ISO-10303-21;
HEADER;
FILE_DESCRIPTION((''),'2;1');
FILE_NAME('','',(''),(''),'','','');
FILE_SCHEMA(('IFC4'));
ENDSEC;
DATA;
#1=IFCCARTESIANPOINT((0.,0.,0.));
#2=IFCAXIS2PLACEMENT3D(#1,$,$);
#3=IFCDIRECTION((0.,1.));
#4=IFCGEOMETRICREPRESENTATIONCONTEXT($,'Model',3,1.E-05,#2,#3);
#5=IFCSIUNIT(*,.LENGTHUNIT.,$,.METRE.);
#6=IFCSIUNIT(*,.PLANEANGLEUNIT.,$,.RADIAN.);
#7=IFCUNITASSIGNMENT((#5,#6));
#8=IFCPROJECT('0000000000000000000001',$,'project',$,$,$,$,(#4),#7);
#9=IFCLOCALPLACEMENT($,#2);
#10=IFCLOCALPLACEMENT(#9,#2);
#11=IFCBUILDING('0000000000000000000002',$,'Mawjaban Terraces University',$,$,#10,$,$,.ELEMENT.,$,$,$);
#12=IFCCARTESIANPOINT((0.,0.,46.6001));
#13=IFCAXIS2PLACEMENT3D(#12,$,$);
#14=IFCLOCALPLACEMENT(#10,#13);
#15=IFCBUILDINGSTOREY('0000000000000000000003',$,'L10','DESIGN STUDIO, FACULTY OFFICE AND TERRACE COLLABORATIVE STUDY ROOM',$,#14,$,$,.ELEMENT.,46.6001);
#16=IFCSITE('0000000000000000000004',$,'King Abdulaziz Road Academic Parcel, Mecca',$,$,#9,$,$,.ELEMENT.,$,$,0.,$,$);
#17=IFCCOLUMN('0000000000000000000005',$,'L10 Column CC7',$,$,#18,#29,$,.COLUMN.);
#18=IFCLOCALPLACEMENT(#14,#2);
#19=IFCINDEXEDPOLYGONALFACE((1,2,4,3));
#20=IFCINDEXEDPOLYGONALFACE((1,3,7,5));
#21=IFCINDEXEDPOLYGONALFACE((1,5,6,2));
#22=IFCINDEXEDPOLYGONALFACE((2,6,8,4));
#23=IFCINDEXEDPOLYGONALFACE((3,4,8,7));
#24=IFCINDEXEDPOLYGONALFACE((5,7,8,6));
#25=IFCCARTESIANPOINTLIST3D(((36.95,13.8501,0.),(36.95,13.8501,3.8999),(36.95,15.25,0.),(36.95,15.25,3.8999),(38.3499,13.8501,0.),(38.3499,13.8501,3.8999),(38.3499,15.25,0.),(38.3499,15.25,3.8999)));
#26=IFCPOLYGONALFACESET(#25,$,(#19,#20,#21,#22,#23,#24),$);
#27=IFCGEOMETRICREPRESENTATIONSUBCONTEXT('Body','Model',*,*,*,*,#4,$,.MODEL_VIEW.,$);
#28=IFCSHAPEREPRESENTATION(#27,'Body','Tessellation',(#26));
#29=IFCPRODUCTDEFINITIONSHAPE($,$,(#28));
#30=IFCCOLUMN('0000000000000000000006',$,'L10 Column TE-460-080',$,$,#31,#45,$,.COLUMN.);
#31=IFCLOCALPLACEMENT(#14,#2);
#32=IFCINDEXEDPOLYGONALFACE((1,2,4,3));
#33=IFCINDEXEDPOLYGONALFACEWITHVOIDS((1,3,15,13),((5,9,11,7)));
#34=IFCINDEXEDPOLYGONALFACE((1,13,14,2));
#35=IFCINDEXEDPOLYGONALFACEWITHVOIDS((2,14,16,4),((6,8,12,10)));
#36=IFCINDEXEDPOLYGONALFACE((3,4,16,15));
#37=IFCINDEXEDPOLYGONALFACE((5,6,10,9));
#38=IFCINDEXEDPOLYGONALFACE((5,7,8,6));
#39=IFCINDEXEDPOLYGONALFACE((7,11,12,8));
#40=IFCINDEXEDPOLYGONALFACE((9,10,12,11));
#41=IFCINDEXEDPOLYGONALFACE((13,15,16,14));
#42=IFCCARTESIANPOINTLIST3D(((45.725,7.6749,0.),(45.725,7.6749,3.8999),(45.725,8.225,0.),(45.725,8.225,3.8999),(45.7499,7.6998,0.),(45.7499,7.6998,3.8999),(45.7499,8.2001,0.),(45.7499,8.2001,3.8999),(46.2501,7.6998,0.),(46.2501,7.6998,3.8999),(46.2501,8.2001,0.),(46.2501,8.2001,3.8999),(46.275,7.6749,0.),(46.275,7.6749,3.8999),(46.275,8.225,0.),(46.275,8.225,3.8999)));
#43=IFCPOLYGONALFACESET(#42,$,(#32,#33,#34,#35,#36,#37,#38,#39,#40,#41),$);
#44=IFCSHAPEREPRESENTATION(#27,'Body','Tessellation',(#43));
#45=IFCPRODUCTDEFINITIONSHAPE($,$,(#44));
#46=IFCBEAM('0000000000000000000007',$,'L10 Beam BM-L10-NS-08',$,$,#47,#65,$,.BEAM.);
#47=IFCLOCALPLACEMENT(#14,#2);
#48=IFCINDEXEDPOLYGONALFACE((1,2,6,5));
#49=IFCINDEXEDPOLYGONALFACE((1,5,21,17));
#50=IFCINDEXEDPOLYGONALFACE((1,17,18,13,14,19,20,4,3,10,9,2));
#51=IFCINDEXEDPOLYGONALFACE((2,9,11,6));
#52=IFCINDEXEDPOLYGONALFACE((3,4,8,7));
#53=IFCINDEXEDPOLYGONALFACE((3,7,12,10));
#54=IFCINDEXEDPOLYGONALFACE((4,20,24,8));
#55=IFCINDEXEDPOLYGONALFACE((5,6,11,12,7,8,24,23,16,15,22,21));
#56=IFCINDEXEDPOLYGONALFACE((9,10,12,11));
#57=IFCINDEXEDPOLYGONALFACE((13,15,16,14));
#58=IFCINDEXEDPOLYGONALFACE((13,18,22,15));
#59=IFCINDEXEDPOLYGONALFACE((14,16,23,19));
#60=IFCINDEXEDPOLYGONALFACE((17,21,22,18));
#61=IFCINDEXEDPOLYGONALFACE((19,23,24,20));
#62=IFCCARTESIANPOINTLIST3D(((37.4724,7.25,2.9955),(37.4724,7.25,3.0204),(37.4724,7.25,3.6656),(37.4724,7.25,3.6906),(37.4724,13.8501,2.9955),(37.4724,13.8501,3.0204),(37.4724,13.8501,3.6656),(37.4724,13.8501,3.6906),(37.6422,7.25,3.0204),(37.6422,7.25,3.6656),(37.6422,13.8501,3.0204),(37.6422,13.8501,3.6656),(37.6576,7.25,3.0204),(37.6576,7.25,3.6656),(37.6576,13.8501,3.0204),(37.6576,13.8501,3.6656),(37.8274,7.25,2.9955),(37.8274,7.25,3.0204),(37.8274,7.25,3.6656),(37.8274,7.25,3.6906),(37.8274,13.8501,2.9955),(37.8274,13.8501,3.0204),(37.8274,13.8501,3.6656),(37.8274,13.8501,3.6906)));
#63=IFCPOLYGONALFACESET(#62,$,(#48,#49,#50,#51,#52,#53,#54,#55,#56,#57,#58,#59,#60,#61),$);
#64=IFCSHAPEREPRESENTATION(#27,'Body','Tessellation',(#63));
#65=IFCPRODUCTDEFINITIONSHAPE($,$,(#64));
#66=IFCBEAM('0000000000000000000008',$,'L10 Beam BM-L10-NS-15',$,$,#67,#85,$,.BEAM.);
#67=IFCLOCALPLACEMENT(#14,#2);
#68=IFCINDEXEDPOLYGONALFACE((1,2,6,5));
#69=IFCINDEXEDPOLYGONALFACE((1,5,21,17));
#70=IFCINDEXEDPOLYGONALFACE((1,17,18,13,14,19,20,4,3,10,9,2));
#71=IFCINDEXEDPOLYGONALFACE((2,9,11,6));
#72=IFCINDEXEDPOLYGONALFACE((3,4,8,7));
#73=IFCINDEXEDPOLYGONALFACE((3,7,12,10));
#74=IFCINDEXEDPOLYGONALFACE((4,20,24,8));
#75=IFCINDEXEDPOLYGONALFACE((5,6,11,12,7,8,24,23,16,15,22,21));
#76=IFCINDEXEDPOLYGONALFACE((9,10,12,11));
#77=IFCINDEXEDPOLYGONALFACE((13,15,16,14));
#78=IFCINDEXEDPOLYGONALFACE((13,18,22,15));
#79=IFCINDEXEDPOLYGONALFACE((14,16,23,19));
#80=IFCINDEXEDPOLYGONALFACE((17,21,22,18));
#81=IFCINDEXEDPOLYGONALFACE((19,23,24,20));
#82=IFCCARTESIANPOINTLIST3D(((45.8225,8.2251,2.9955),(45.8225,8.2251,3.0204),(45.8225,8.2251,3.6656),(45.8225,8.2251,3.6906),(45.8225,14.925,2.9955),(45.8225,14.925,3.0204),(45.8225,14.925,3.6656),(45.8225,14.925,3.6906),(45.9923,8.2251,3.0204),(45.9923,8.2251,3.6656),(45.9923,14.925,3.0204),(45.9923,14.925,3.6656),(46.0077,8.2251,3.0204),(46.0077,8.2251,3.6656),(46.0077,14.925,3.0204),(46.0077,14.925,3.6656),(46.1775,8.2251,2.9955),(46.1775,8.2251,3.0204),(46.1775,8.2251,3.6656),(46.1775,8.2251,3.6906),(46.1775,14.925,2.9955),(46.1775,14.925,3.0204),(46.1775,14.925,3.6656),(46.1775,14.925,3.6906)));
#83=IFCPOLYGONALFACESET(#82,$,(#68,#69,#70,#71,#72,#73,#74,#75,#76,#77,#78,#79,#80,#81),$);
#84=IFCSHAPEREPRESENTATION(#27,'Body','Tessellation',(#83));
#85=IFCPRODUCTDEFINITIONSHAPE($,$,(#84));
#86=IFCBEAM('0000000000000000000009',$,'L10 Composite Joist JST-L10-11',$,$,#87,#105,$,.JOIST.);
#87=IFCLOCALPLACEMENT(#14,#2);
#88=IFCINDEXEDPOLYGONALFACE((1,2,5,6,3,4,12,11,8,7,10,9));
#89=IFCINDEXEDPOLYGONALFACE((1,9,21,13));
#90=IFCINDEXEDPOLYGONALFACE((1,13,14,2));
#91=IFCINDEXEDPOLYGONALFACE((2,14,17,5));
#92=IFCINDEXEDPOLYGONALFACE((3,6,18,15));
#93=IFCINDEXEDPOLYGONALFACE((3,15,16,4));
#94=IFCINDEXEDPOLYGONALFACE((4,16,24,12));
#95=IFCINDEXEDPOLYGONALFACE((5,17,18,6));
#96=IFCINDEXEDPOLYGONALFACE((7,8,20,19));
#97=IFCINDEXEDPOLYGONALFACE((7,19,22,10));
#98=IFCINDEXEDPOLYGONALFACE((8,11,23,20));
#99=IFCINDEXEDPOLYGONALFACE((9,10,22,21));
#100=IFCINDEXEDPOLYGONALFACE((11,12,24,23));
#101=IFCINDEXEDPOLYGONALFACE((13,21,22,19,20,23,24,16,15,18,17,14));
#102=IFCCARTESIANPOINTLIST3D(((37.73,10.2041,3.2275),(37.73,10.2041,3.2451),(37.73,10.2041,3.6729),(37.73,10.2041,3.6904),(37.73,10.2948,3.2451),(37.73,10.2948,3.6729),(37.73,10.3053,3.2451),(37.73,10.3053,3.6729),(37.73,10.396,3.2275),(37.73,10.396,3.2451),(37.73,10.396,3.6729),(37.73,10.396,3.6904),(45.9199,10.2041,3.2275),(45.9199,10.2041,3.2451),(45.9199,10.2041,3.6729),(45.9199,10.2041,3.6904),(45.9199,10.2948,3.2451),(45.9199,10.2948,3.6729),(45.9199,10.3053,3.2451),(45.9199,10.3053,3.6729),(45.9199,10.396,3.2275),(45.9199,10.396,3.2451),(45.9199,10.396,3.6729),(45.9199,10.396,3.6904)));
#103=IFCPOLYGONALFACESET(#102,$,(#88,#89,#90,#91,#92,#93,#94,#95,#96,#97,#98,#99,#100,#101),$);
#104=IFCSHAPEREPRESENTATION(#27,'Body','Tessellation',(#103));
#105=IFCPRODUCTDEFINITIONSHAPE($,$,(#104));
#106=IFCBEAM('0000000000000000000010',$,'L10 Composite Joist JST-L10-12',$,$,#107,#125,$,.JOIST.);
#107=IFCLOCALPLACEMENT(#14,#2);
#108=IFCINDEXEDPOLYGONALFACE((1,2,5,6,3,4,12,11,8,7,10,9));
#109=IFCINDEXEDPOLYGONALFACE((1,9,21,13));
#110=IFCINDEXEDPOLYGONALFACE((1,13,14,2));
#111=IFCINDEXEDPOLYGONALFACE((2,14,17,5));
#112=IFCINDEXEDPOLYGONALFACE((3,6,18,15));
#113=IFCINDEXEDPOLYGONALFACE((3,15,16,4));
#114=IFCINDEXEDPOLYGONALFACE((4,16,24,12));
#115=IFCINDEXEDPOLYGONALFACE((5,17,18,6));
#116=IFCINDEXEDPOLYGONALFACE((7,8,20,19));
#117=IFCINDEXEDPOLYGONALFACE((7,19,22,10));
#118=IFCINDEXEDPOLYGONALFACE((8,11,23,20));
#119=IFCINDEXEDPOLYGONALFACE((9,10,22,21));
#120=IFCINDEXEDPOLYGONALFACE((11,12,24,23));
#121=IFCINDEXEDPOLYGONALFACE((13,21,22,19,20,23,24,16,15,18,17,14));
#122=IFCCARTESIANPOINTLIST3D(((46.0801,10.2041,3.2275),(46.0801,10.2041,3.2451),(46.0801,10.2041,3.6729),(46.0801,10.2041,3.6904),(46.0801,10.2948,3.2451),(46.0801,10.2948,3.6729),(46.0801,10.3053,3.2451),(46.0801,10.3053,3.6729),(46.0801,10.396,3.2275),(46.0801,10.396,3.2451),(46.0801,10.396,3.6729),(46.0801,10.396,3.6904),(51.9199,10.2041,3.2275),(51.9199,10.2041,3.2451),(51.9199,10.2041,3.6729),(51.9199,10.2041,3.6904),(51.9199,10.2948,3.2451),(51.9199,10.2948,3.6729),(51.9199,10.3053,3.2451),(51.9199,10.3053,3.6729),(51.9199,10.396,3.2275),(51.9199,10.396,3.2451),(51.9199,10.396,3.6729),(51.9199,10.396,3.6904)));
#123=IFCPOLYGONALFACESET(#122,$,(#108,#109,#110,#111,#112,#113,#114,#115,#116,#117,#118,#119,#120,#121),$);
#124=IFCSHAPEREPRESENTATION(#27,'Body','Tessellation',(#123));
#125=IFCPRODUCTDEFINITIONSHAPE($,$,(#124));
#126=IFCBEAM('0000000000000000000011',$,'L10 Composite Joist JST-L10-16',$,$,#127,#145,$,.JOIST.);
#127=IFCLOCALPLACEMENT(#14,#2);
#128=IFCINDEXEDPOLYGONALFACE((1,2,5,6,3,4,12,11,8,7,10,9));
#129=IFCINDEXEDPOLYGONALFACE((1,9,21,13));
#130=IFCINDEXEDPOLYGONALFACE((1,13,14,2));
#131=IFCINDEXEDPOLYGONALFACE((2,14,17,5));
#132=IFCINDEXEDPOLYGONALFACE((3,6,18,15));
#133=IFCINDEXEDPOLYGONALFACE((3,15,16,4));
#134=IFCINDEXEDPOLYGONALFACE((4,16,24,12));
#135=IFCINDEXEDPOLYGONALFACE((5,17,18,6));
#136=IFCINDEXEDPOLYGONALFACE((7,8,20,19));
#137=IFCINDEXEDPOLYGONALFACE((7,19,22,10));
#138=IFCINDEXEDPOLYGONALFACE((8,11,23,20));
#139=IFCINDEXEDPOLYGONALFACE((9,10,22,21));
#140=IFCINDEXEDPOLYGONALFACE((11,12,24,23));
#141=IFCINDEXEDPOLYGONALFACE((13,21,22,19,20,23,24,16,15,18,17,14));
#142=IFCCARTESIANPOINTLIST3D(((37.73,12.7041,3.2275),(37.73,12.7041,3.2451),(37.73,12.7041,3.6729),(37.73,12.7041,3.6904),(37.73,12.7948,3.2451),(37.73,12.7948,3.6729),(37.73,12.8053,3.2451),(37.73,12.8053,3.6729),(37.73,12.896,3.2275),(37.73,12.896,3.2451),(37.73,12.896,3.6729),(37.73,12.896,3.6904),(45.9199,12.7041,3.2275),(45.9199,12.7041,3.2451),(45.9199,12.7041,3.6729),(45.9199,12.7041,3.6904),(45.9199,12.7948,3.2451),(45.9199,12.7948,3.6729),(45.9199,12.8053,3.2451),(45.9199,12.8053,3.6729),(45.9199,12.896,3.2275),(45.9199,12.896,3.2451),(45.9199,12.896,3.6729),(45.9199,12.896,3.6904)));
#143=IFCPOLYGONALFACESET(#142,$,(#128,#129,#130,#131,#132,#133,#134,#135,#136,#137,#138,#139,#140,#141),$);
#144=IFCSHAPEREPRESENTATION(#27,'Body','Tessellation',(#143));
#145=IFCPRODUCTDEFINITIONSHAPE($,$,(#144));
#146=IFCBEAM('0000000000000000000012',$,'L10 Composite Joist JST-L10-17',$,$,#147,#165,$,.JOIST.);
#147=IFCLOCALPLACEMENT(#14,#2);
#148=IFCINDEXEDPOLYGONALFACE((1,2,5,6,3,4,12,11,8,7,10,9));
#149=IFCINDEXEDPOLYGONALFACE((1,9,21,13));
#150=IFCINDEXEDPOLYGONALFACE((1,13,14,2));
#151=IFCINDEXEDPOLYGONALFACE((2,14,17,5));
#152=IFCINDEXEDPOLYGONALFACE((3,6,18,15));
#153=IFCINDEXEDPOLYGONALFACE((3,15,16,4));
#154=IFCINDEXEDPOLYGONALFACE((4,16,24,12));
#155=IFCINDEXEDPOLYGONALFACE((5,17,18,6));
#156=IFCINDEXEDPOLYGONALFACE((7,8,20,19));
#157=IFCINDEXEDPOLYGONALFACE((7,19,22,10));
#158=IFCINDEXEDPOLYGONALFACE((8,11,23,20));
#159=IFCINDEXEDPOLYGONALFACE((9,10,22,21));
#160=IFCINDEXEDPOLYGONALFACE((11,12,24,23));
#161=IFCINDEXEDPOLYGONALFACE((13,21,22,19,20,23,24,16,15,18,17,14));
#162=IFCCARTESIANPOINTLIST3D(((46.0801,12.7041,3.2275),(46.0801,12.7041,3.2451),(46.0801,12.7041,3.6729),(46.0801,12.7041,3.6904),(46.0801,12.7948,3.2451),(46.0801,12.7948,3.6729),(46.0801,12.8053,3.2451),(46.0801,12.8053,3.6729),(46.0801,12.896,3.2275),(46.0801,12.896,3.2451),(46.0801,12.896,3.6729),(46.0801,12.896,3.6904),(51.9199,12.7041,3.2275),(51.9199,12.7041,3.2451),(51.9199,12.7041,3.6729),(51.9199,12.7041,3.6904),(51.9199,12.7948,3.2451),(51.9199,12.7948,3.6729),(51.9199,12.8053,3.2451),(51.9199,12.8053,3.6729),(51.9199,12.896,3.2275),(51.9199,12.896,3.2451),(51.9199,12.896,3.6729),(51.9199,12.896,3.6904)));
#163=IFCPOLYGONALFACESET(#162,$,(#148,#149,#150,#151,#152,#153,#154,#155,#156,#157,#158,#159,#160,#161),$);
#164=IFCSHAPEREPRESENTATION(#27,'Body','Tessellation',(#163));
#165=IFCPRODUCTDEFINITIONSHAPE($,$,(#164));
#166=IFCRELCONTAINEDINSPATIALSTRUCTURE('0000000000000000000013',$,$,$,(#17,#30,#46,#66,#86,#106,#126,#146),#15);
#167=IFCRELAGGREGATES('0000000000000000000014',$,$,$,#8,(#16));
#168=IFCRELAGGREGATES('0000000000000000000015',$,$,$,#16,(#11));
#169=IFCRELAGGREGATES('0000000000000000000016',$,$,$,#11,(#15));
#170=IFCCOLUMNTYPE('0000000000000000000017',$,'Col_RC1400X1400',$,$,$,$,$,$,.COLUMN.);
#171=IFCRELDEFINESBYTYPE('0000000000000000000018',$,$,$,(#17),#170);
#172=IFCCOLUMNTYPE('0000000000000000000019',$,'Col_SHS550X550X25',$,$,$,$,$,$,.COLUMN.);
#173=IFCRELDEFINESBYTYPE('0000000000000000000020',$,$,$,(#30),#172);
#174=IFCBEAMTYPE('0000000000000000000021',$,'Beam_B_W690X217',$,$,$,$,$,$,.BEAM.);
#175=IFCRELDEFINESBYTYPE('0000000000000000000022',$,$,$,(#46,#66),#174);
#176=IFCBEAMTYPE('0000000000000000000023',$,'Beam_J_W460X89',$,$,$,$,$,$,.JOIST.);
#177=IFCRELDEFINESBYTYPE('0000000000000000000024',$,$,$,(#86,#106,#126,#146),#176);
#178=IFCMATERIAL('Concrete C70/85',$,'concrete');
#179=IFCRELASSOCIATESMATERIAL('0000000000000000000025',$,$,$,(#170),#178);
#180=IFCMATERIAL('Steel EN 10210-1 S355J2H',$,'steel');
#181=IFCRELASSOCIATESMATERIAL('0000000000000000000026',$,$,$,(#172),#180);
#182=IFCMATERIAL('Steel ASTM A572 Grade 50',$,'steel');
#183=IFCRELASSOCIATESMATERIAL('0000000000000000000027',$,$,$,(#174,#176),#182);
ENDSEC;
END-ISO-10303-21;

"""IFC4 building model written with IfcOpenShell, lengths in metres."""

from ifc_helpers import new_model, si_unit, direction, frame, origin, origin_2d, place, context, subcontext, project, spatial, rectangle, hollow_rectangle, i_section, extrude, material, material_profile, profile_set, type_object, element, save


model = new_model("IFC4")

# Units and contexts
model_context = context("Model", 3, precision=1e-05, world=origin(), true_north=direction((0.0, 1.0)))
body_context = subcontext(model_context, "Body", "Model", "MODEL_VIEW")
ifc_project = project(units=[si_unit("LENGTHUNIT", "METRE"), si_unit("PLANEANGLEUNIT", "RADIAN")], contexts=[model_context])

# Site, building, storey
site_placement = place(None, origin())
site = spatial("IfcSite", under=ifc_project, at=site_placement, Name="King Abdulaziz Road Academic Parcel, Mecca", CompositionType="ELEMENT", RefElevation=0.0)
building_placement = place(site_placement, origin())
building = spatial("IfcBuilding", under=site, at=building_placement, Name="Mawjaban Terraces University", CompositionType="ELEMENT")
storey_placement = place(building_placement, frame((0.0, 0.0, 46.6001)))
storey = spatial("IfcBuildingStorey", under=building, at=storey_placement, Name="L10", Description="DESIGN STUDIO, FACULTY OFFICE AND TERRACE COLLABORATIVE STUDY ROOM", CompositionType="ELEMENT", Elevation=46.6001)

# Columns
ifc_material_1 = material(Name="Concrete C70/85", Category="concrete")
ifc_material_profile_1 = material_profile(ifc_material_1, rectangle(XDim=1.3999, YDim=1.3999, at=origin_2d()), Name="RC1400X1400")
ifc_profile_set_1 = profile_set([ifc_material_profile_1], Name="Concrete C70/85")
column_type_1 = type_object("IfcColumnType", Name="Col_RC1400X1400", PredefinedType="COLUMN", material=ifc_profile_set_1)
column_1_placement = place(storey_placement, frame((37.6499, 14.55, 0.0), z_axis=(0.0, 0.0, 1.0), x_axis=(1.0, 0.0, 0.0)))
element("IfcColumn", 1, at=column_1_placement, inside=storey, type_object=column_type_1, Name="L10 Column CC7", PredefinedType="COLUMN", context=body_context, shape_type="SweptSolid", body=[
    extrude(rectangle(XDim=1.3999, YDim=1.3999, at=origin_2d()), origin(), (0.0, 0.0, 1.0), 3.8999),
])
ifc_material_2 = material(Name="Steel EN 10210-1 S355J2H", Category="steel")
ifc_material_profile_2 = material_profile(ifc_material_2, hollow_rectangle(XDim=0.55, YDim=0.55, WallThickness=0.0249, at=origin_2d()), Name="SHS550X550X25")
ifc_profile_set_2 = profile_set([ifc_material_profile_2], Name="Steel EN 10210-1 S355J2H")
column_type_2 = type_object("IfcColumnType", Name="Col_SHS550X550X25", PredefinedType="COLUMN", material=ifc_profile_set_2)
column_2_placement = place(storey_placement, frame((46.0, 7.95, 0.0), z_axis=(0.0, 0.0, 1.0), x_axis=(1.0, 0.0, 0.0)))
element("IfcColumn", 2, at=column_2_placement, inside=storey, type_object=column_type_2, Name="L10 Column TE-460-080", PredefinedType="COLUMN", context=body_context, shape_type="SweptSolid", body=[
    extrude(hollow_rectangle(XDim=0.55, YDim=0.55, WallThickness=0.0249, at=origin_2d()), origin(), (0.0, 0.0, 1.0), 3.8999),
])

# Beams
ifc_material_3 = material(Name="Steel ASTM A572 Grade 50", Category="steel")
ifc_material_profile_3 = material_profile(ifc_material_3, i_section(OverallWidth=0.355, OverallDepth=0.6951, WebThickness=0.0154, FlangeThickness=0.0249, at=origin_2d()), Name="W690X217")
ifc_profile_set_3 = profile_set([ifc_material_profile_3], Name="Steel ASTM A572 Grade 50")
beam_type_1 = type_object("IfcBeamType", Name="Beam_B_W690X217", PredefinedType="BEAM", material=ifc_profile_set_3)
beam_1_placement = place(storey_placement, frame((37.6499, 7.25, 3.343), z_axis=(0.0, 1.0, 0.0), x_axis=(-1.0, 0.0, 0.0)))
element("IfcBeam", 3, at=beam_1_placement, inside=storey, type_object=beam_type_1, Name="L10 Beam BM-L10-NS-08", PredefinedType="BEAM", context=body_context, shape_type="SweptSolid", body=[
    extrude(i_section(OverallWidth=0.355, OverallDepth=0.6951, WebThickness=0.0154, FlangeThickness=0.0249, at=origin_2d()), origin(), (0.0, 0.0, 1.0), 6.6001),
])
beam_2_placement = place(storey_placement, frame((46.0, 8.2251, 3.343), z_axis=(0.0, 1.0, 0.0), x_axis=(-1.0, 0.0, 0.0)))
element("IfcBeam", 4, at=beam_2_placement, inside=storey, type_object=beam_type_1, Name="L10 Beam BM-L10-NS-15", PredefinedType="BEAM", context=body_context, shape_type="SweptSolid", body=[
    extrude(i_section(OverallWidth=0.355, OverallDepth=0.6951, WebThickness=0.0154, FlangeThickness=0.0249, at=origin_2d()), origin(), (0.0, 0.0, 1.0), 6.7),
])
ifc_material_profile_4 = material_profile(ifc_material_3, i_section(OverallWidth=0.1919, OverallDepth=0.4629, WebThickness=0.0105, FlangeThickness=0.0176, at=origin_2d()), Name="W460X89")
ifc_profile_set_4 = profile_set([ifc_material_profile_4], Name="Steel ASTM A572 Grade 50")
beam_type_2 = type_object("IfcBeamType", Name="Beam_J_W460X89", PredefinedType="JOIST", material=ifc_profile_set_4)
beam_3_placement = place(storey_placement, frame((37.73, 10.3, 3.459), z_axis=(1.0, 0.0, 0.0), x_axis=(0.0, 1.0, 0.0)))
element("IfcBeam", 5, at=beam_3_placement, inside=storey, type_object=beam_type_2, Name="L10 Composite Joist JST-L10-11", PredefinedType="JOIST", context=body_context, shape_type="SweptSolid", body=[
    extrude(i_section(OverallWidth=0.1919, OverallDepth=0.4629, WebThickness=0.0105, FlangeThickness=0.0176, at=origin_2d()), origin(), (0.0, 0.0, 1.0), 8.1899),
])
beam_4_placement = place(storey_placement, frame((46.0801, 10.3, 3.459), z_axis=(1.0, 0.0, 0.0), x_axis=(0.0, 1.0, 0.0)))
element("IfcBeam", 6, at=beam_4_placement, inside=storey, type_object=beam_type_2, Name="L10 Composite Joist JST-L10-12", PredefinedType="JOIST", context=body_context, shape_type="SweptSolid", body=[
    extrude(i_section(OverallWidth=0.1919, OverallDepth=0.4629, WebThickness=0.0105, FlangeThickness=0.0176, at=origin_2d()), origin(), (0.0, 0.0, 1.0), 5.8398),
])
beam_5_placement = place(storey_placement, frame((37.73, 12.8, 3.459), z_axis=(1.0, 0.0, 0.0), x_axis=(0.0, 1.0, 0.0)))
element("IfcBeam", 7, at=beam_5_placement, inside=storey, type_object=beam_type_2, Name="L10 Composite Joist JST-L10-16", PredefinedType="JOIST", context=body_context, shape_type="SweptSolid", body=[
    extrude(i_section(OverallWidth=0.1919, OverallDepth=0.4629, WebThickness=0.0105, FlangeThickness=0.0176, at=origin_2d()), origin(), (0.0, 0.0, 1.0), 8.1899),
])
beam_6_placement = place(storey_placement, frame((46.0801, 12.8, 3.459), z_axis=(1.0, 0.0, 0.0), x_axis=(0.0, 1.0, 0.0)))
element("IfcBeam", 8, at=beam_6_placement, inside=storey, type_object=beam_type_2, Name="L10 Composite Joist JST-L10-17", PredefinedType="JOIST", context=body_context, shape_type="SweptSolid", body=[
    extrude(i_section(OverallWidth=0.1919, OverallDepth=0.4629, WebThickness=0.0105, FlangeThickness=0.0176, at=origin_2d()), origin(), (0.0, 0.0, 1.0), 5.8398),
])

save(model, "model.ifc")
